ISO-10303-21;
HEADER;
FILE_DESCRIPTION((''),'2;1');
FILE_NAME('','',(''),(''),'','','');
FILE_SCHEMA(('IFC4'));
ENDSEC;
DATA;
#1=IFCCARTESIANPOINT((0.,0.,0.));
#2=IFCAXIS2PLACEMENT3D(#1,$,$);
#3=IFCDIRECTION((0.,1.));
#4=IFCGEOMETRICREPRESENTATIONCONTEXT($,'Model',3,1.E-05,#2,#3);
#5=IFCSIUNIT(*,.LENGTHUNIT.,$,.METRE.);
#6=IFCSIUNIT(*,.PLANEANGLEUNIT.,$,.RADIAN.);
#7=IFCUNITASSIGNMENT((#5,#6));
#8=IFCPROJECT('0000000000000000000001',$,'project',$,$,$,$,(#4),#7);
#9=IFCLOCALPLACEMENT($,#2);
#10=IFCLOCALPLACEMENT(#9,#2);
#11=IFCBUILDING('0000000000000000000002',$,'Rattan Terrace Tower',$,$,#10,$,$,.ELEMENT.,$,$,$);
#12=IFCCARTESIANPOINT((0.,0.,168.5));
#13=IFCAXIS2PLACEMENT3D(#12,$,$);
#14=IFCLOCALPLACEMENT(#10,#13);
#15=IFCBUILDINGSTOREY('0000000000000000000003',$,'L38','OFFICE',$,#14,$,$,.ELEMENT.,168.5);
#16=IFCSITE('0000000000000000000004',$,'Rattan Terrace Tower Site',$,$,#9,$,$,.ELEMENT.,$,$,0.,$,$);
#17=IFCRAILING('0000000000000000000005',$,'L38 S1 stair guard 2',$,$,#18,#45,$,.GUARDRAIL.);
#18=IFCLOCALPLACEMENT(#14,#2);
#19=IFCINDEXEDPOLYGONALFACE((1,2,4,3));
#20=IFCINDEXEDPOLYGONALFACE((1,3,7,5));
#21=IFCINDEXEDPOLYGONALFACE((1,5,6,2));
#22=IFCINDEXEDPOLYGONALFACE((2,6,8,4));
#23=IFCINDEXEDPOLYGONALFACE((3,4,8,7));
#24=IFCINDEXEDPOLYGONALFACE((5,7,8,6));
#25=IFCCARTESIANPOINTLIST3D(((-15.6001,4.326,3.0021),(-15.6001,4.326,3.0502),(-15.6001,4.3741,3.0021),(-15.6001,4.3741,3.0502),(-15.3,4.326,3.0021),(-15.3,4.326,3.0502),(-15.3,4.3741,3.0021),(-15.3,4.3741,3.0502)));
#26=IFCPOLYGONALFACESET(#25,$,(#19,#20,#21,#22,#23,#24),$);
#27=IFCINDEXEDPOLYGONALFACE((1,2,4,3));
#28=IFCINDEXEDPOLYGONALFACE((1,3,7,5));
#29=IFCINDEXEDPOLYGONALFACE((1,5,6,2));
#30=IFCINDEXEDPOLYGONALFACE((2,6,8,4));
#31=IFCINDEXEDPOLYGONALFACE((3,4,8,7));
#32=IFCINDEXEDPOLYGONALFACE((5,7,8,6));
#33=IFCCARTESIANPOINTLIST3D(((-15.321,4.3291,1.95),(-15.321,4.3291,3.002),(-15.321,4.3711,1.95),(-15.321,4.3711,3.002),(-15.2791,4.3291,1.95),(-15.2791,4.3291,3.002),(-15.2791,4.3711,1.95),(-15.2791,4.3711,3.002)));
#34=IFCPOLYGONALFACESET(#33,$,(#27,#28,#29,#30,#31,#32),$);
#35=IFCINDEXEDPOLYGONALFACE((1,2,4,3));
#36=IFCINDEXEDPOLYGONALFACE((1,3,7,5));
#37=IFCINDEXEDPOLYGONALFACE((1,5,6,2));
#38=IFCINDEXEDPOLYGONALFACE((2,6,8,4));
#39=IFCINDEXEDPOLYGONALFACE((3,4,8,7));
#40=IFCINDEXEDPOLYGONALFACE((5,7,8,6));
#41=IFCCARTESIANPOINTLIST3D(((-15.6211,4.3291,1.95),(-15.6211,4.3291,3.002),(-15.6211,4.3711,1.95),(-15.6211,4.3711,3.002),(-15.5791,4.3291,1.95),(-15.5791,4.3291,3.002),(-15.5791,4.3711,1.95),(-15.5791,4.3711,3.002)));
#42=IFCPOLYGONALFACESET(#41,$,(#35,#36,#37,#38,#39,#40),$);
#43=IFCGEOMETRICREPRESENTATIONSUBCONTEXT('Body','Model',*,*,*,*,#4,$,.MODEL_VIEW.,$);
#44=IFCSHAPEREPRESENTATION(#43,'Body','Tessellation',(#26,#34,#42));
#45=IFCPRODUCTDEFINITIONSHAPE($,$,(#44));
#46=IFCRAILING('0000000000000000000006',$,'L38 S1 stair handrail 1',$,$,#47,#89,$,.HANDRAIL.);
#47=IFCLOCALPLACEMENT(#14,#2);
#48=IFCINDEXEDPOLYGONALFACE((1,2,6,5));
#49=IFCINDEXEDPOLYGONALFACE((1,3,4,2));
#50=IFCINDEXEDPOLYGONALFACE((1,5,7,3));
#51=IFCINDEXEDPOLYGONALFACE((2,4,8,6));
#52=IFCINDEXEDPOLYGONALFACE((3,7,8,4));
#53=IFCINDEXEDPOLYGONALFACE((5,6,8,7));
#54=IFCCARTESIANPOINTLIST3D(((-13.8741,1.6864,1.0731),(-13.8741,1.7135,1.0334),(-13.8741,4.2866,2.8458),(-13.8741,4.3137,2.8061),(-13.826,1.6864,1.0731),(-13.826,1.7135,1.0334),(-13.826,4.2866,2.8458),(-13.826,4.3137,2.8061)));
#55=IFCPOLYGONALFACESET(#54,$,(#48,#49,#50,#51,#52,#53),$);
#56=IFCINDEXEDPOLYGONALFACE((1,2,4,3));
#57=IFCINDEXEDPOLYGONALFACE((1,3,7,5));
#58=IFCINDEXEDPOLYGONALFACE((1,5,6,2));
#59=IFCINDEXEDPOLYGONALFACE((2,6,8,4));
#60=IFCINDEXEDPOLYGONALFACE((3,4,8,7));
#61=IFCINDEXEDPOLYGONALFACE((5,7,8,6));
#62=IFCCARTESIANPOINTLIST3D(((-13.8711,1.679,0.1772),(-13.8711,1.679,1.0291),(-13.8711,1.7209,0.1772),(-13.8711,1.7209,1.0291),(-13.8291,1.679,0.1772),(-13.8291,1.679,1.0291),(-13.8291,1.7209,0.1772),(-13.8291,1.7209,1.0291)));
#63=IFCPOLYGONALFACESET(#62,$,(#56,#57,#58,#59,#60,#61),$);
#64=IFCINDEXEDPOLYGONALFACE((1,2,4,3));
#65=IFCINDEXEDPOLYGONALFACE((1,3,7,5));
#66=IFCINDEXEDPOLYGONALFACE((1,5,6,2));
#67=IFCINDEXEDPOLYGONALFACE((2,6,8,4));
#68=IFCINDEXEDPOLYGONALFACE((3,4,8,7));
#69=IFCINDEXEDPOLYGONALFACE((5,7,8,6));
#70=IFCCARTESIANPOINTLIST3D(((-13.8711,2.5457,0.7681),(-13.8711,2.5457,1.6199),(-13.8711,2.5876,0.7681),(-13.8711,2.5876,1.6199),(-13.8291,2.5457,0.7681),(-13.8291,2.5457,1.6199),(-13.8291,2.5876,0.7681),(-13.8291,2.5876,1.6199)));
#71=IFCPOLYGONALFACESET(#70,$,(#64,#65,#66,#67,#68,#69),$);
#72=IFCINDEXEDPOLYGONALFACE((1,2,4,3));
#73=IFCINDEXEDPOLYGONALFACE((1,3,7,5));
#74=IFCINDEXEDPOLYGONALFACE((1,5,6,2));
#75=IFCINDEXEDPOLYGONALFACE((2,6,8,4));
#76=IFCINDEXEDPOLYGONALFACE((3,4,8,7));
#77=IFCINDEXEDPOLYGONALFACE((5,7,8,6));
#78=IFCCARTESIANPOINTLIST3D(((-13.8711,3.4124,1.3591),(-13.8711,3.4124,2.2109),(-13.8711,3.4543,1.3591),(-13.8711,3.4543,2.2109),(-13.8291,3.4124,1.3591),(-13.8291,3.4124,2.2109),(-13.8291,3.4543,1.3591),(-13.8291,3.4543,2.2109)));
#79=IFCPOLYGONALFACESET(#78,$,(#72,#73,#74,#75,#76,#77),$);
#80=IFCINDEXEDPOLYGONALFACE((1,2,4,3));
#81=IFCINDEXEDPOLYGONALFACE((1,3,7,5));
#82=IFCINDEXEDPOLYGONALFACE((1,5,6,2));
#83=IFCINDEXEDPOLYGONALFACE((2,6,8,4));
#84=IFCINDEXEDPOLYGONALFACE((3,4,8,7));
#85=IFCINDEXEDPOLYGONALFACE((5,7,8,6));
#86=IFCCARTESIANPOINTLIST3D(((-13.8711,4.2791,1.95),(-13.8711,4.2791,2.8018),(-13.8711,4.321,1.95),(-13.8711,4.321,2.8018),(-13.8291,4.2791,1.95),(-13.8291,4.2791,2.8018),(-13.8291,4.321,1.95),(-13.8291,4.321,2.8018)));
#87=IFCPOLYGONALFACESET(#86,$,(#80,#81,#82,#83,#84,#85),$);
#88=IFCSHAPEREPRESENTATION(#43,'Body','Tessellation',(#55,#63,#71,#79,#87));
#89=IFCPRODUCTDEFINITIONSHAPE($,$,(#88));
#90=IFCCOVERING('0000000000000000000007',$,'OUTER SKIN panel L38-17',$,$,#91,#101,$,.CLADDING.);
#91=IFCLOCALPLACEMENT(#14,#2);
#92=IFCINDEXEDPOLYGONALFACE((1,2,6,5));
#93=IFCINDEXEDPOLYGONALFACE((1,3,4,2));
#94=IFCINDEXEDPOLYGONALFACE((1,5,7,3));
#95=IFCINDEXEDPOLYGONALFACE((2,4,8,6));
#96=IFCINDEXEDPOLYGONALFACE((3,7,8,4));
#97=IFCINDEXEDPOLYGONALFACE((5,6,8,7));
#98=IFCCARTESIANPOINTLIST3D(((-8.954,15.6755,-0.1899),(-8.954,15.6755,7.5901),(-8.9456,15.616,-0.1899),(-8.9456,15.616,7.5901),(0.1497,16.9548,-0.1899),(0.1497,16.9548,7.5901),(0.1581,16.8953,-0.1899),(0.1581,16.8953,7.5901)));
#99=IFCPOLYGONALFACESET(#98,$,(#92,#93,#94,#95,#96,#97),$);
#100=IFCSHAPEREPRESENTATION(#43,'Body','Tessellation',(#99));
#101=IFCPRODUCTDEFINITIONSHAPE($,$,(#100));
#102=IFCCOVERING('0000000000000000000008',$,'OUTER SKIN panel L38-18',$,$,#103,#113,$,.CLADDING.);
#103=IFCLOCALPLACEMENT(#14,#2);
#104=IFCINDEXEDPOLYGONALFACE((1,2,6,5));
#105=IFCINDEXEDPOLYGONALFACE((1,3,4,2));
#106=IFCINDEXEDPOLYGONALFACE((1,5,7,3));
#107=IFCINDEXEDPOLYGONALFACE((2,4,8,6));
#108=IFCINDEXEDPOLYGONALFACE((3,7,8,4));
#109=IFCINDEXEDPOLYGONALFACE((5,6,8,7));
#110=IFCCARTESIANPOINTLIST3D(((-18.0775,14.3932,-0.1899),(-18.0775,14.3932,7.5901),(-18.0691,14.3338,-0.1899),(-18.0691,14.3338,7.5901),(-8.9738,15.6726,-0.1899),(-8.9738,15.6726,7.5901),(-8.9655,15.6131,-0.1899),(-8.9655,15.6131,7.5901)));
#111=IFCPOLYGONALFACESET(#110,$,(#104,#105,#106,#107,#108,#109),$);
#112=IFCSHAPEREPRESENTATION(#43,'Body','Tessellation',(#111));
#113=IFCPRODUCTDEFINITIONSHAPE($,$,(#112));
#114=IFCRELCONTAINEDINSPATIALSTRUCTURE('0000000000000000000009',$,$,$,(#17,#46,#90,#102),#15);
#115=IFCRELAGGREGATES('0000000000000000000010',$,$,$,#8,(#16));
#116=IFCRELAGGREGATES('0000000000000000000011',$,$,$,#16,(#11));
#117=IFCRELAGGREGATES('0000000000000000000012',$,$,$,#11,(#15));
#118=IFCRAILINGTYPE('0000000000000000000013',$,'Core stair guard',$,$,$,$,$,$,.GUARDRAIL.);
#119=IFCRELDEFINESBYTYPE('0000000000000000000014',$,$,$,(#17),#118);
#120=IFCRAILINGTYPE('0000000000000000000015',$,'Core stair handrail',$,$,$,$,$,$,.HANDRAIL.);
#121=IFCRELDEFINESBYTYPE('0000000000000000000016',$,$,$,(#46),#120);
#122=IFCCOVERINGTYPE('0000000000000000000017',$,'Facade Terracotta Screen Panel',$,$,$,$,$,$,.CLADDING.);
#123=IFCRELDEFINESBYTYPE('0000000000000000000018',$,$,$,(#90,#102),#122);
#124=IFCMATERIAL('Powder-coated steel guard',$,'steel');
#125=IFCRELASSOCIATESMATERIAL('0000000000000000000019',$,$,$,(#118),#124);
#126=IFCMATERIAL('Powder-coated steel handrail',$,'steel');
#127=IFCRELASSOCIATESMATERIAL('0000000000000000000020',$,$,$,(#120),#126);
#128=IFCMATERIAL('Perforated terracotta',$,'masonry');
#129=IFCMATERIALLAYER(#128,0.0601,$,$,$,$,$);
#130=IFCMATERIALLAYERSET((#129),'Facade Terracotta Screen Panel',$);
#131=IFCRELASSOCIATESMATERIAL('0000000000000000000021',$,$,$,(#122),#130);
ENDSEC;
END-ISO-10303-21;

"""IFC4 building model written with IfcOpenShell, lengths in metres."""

from ifc_helpers import new_model, si_unit, direction, frame, origin, origin_2d, place, context, subcontext, project, spatial, rectangle, extrude, material, layer, layer_set, type_object, element, save


model = new_model("IFC4")

# Units and contexts
model_context = context("Model", 3, precision=1e-05, world=origin(), true_north=direction((0.0, 1.0)))
body_context = subcontext(model_context, "Body", "Model", "MODEL_VIEW")
ifc_project = project(units=[si_unit("LENGTHUNIT", "METRE"), si_unit("PLANEANGLEUNIT", "RADIAN")], contexts=[model_context])

# Site, building, storey
site_placement = place(None, origin())
site = spatial("IfcSite", under=ifc_project, at=site_placement, Name="Rattan Terrace Tower Site", CompositionType="ELEMENT", RefElevation=0.0)
building_placement = place(site_placement, origin())
building = spatial("IfcBuilding", under=site, at=building_placement, Name="Rattan Terrace Tower", CompositionType="ELEMENT")
storey_placement = place(building_placement, frame((0.0, 0.0, 168.5)))
storey = spatial("IfcBuildingStorey", under=building, at=storey_placement, Name="L38", Description="OFFICE", CompositionType="ELEMENT", Elevation=168.5)

# Railings
ifc_material_1 = material(Name="Powder-coated steel guard", Category="steel")
railing_type_1 = type_object("IfcRailingType", Name="Core stair guard", PredefinedType="GUARDRAIL", material=ifc_material_1)
railing_1_placement = place(storey_placement, frame((-15.3, 4.3501, 1.95)))
element("IfcRailing", 1, at=railing_1_placement, inside=storey, type_object=railing_type_1, Name="L38 S1 stair guard 2", PredefinedType="GUARDRAIL", context=body_context, shape_type="SweptSolid", body=[
    extrude(rectangle(XDim=0.0481, YDim=0.0481, at=origin_2d()), frame((0.0, 0.0, 1.0762), z_axis=(-1.0, 0.0, 0.0), x_axis=(0.0, -1.0, 0.0)), (0.0, 0.0, 1.0), 0.3),
    extrude(rectangle(XDim=0.042, YDim=0.042, at=origin_2d()), origin(), (0.0, 0.0, 1.0), 1.052),
    extrude(rectangle(XDim=0.042, YDim=0.042, at=origin_2d()), frame((-0.3, 0.0, 0.0)), (0.0, 0.0, 1.0), 1.052),
])
ifc_material_2 = material(Name="Powder-coated steel handrail", Category="steel")
railing_type_2 = type_object("IfcRailingType", Name="Core stair handrail", PredefinedType="HANDRAIL", material=ifc_material_2)
railing_2_placement = place(storey_placement, frame((-13.8501, 1.7, 0.1772)))
element("IfcRailing", 2, at=railing_2_placement, inside=storey, type_object=railing_type_2, Name="L38 S1 stair handrail 1", PredefinedType="HANDRAIL", context=body_context, shape_type="SweptSolid", body=[
    extrude(rectangle(XDim=0.0481, YDim=0.0481, at=origin_2d()), frame((0.0, 0.0, 0.876), z_axis=(0.0, 0.82624, 0.563318), x_axis=(-1.0, 0.0, 0.0)), (0.0, 0.0, 1.0), 3.147),
    extrude(rectangle(XDim=0.042, YDim=0.042, at=origin_2d()), origin(), (0.0, 0.0, 1.0), 0.8518),
    extrude(rectangle(XDim=0.042, YDim=0.042, at=origin_2d()), frame((0.0, 0.8667, 0.5908)), (0.0, 0.0, 1.0), 0.8518),
    extrude(rectangle(XDim=0.042, YDim=0.042, at=origin_2d()), frame((0.0, 1.7334, 1.1819)), (0.0, 0.0, 1.0), 0.8518),
    extrude(rectangle(XDim=0.042, YDim=0.042, at=origin_2d()), frame((0.0, 2.6001, 1.7727)), (0.0, 0.0, 1.0), 0.8518),
])

# Coverings
ifc_material_3 = material(Name="Perforated terracotta", Category="masonry")
ifc_layer_1 = layer(ifc_material_3, 0.0601)
ifc_layer_set_1 = layer_set([ifc_layer_1], Name="Facade Terracotta Screen Panel")
covering_type = type_object("IfcCoveringType", Name="Facade Terracotta Screen Panel", PredefinedType="CLADDING", material=ifc_layer_set_1)
for number, where, z_axis, x_axis, name in (
    (3, (-4.3979, 16.2854, -0.1899), (0.0, 0.0, 1.0), (-0.99027, -0.139161, 0.0), "OUTER SKIN panel L38-17"),
    (4, (-13.5215, 15.0032, -0.1899), (0.0, 0.0, 1.0), (-0.99027, -0.139161, 0.0), "OUTER SKIN panel L38-18"),
):
    element("IfcCovering", number, at=place(storey_placement, frame(where, z_axis=z_axis, x_axis=x_axis)), inside=storey, type_object=covering_type, Name=name, PredefinedType="CLADDING", context=body_context, shape_type="SweptSolid", body=[
        extrude(rectangle(XDim=9.1931, YDim=0.0601, at=origin_2d()), origin(), (0.0, 0.0, 1.0), 7.78),
    ])

save(model, "model.ifc")
